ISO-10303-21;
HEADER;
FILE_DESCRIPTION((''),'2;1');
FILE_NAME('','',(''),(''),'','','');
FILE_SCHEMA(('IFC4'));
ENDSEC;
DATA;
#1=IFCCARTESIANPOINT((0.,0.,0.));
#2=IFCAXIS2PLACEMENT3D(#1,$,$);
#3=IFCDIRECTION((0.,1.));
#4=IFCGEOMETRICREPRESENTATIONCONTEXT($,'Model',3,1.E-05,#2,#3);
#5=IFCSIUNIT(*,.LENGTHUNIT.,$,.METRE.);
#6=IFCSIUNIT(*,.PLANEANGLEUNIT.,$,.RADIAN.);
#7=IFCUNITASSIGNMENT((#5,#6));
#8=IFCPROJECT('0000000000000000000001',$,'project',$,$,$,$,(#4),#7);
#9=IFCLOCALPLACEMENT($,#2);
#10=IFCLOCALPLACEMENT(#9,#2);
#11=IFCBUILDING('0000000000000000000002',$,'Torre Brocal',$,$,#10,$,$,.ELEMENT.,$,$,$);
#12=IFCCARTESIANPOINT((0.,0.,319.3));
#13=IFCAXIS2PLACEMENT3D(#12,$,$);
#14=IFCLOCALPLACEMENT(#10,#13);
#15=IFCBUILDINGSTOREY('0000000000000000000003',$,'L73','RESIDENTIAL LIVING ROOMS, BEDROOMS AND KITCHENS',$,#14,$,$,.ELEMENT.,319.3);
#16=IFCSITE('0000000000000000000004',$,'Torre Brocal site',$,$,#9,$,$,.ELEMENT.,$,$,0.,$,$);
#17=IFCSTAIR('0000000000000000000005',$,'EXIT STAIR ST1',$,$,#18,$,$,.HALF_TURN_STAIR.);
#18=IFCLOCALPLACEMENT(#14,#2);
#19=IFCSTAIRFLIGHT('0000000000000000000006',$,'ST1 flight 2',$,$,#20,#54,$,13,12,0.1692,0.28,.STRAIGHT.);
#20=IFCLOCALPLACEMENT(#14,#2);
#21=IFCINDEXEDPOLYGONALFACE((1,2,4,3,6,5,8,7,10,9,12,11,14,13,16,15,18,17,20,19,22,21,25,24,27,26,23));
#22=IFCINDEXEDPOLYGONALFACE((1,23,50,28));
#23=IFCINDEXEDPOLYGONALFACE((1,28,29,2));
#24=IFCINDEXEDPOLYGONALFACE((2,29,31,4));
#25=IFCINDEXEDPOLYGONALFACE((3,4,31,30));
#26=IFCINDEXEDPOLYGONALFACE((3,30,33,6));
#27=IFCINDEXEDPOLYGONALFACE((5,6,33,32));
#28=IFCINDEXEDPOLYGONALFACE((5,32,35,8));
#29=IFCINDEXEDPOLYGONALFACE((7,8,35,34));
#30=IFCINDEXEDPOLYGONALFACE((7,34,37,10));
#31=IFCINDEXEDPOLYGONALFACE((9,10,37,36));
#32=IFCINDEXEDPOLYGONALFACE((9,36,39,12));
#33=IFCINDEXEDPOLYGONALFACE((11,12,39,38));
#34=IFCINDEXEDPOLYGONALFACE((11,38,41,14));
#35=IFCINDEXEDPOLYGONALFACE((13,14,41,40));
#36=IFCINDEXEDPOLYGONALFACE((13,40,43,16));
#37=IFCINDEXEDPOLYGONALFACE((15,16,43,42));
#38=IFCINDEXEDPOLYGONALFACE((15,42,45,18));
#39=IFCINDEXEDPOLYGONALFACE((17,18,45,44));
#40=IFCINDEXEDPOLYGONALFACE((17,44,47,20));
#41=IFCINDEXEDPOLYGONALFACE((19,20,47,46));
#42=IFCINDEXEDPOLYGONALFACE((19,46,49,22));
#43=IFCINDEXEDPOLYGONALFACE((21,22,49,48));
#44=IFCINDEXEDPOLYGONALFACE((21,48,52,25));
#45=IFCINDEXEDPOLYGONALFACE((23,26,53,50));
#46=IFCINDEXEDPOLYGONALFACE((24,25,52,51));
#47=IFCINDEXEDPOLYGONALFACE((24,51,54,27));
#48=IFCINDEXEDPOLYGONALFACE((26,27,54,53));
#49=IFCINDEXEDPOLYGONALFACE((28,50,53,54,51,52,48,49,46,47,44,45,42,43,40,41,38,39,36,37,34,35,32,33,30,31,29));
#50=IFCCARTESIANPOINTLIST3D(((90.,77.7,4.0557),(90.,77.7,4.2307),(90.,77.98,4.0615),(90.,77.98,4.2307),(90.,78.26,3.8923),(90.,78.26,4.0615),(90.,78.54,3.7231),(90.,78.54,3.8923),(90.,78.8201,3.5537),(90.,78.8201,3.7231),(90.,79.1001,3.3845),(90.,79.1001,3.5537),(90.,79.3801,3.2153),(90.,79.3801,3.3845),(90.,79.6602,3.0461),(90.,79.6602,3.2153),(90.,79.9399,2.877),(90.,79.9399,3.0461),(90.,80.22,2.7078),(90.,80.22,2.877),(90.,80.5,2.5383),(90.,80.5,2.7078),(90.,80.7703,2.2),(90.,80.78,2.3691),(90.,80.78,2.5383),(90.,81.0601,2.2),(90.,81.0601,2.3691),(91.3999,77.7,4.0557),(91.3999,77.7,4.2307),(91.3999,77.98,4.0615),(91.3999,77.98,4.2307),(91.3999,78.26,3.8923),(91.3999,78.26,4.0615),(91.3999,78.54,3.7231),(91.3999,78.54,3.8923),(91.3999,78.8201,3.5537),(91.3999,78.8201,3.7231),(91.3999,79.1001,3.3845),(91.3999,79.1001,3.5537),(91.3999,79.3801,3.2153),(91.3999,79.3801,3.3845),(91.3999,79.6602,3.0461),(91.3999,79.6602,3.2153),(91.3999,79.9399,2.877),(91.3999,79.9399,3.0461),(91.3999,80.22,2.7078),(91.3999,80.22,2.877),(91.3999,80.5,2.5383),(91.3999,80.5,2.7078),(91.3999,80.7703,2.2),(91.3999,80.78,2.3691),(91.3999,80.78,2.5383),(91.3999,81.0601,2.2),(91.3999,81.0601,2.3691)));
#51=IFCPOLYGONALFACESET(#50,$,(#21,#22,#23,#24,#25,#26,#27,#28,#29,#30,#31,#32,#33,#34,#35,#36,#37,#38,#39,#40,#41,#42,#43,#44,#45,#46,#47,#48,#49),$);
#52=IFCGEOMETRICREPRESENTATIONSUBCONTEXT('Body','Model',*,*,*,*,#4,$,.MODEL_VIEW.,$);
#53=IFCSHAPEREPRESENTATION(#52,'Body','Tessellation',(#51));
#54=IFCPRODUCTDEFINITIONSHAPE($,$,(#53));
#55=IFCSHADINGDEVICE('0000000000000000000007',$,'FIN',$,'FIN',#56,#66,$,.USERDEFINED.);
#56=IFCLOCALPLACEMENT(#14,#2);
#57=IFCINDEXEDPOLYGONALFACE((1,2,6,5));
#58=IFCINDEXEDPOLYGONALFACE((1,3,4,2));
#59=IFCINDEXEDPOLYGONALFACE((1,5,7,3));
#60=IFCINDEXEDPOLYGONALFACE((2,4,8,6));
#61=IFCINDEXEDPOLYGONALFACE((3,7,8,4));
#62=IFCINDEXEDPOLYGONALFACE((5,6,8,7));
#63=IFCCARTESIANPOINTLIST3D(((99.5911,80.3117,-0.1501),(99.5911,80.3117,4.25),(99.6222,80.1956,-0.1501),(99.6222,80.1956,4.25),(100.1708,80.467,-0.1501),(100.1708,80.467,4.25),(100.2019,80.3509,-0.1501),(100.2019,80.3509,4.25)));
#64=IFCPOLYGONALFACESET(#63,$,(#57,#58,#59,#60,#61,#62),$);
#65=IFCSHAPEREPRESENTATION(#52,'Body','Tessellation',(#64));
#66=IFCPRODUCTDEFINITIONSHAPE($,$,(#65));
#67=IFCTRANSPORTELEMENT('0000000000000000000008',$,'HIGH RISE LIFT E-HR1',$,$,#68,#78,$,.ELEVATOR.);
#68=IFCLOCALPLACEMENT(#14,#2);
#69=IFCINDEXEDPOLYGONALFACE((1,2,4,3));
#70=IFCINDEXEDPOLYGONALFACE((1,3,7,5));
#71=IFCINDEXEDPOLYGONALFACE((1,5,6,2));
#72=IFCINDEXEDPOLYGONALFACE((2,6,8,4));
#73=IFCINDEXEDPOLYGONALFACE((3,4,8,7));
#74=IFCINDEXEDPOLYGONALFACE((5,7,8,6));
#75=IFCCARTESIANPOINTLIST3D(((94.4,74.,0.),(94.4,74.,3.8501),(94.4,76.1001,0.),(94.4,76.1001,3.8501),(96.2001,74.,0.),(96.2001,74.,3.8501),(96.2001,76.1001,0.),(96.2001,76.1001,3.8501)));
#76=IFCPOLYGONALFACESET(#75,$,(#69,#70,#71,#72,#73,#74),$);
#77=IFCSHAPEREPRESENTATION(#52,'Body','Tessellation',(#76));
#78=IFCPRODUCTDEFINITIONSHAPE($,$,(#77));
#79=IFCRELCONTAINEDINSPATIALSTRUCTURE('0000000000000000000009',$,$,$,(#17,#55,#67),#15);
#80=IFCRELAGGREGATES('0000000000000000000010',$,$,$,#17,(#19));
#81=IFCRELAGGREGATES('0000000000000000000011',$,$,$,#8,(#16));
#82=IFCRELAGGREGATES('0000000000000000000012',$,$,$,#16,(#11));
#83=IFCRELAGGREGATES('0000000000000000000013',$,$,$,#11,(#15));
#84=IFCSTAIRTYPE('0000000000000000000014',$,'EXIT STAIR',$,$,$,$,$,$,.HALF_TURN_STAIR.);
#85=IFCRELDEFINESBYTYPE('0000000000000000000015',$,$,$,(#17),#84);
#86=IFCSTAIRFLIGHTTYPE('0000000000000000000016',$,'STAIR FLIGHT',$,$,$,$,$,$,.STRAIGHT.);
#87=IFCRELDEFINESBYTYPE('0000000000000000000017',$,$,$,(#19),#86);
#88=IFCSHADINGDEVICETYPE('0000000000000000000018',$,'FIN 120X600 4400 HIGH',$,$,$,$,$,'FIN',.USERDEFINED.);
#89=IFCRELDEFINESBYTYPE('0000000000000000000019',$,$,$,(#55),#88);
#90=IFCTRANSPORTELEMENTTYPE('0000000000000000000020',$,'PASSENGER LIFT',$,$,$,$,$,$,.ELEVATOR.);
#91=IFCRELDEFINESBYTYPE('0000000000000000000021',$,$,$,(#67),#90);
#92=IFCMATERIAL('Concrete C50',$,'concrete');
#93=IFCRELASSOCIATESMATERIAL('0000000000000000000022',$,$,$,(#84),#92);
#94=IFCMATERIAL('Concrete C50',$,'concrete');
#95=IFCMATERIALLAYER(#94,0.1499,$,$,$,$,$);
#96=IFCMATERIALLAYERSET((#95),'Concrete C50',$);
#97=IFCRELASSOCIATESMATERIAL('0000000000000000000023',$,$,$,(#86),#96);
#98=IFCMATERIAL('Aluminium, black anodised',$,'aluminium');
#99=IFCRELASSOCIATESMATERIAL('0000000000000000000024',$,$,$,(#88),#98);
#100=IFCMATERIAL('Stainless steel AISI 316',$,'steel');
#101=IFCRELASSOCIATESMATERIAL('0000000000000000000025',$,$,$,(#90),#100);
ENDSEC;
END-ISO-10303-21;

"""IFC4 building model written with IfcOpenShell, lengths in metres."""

from ifc_helpers import new_model, si_unit, direction, frame, origin, origin_2d, place, context, subcontext, project, spatial, polyline, rectangle, outline, extrude, material, layer, layer_set, material_profile, profile_set, type_object, element, aggregate, save


model = new_model("IFC4")

# Units and contexts
model_context = context("Model", 3, precision=1e-05, world=origin(), true_north=direction((0.0, 1.0)))
body_context = subcontext(model_context, "Body", "Model", "MODEL_VIEW")
ifc_project = project(units=[si_unit("LENGTHUNIT", "METRE"), si_unit("PLANEANGLEUNIT", "RADIAN")], contexts=[model_context])

# Site, building, storey
site_placement = place(None, origin())
site = spatial("IfcSite", under=ifc_project, at=site_placement, Name="Torre Brocal site", CompositionType="ELEMENT", RefElevation=0.0)
building_placement = place(site_placement, origin())
building = spatial("IfcBuilding", under=site, at=building_placement, Name="Torre Brocal", CompositionType="ELEMENT")
storey_placement = place(building_placement, frame((0.0, 0.0, 319.3)))
storey = spatial("IfcBuildingStorey", under=building, at=storey_placement, Name="L73", Description="RESIDENTIAL LIVING ROOMS, BEDROOMS AND KITCHENS", CompositionType="ELEMENT", Elevation=319.3)

# Stair, stair flight
ifc_material_1 = material(Name="Concrete C50", Category="concrete")
stair_type = type_object("IfcStairType", Name="EXIT STAIR", PredefinedType="HALF_TURN_STAIR", material=ifc_material_1)
stair_placement = place(storey_placement, origin())
stair = element("IfcStair", 1, at=stair_placement, inside=storey, type_object=stair_type, Name="EXIT STAIR ST1", PredefinedType="HALF_TURN_STAIR")
ifc_material_2 = material(Name="Concrete C50", Category="concrete")
ifc_layer_1 = layer(ifc_material_2, 0.1499)
ifc_layer_set_1 = layer_set([ifc_layer_1], Name="Concrete C50")
stair_flight_type = type_object("IfcStairFlightType", Name="STAIR FLIGHT", PredefinedType="STRAIGHT", material=ifc_layer_set_1)
stair_flight_placement = place(storey_placement, frame((90.7, 81.0601, 2.2), z_axis=(0.0, 0.0, 1.0), x_axis=(0.0, -1.0, 0.0)))
stair_flight = element("IfcStairFlight", 2, at=stair_flight_placement, type_object=stair_flight_type, Name="ST1 flight 2", NumberOfRisers=13, NumberOfTreads=12, PredefinedType="STRAIGHT", RiserHeight=0.1692, TreadLength=0.28, context=body_context, shape_type="SweptSolid", body=[
    extrude(outline(polyline([(0.0, 0.0), (0.0, 0.1692), (0.28, 0.1692), (0.28, 0.3384), (0.5601, 0.3384), (0.5601, 0.5078), (0.8401, 0.5078), (0.8401, 0.677), (1.1201, 0.677), (1.1201, 0.8462), (1.3999, 0.8462), (1.3999, 1.0154), (1.6799, 1.0154), (1.6799, 1.1846), (1.96, 1.1846), (1.96, 1.3538), (2.24, 1.3538), (2.24, 1.5232), (2.52, 1.5232), (2.52, 1.6924), (2.8, 1.6924), (2.8, 1.8616), (3.0801, 1.8616), (3.0801, 2.0308), (3.3601, 2.0308), (3.3601, 2.2), (3.3601, 1.8557), (0.2898, 0.0), (0.0, 0.0)])), frame((0.0, 0.7, 0.0), z_axis=(0.0, -1.0, 0.0), x_axis=(1.0, 0.0, 0.0)), (0.0, 0.0, 1.0), 1.3999),
])
aggregate(stair, [stair_flight])

# Shading device
ifc_material_3 = material(Name="Aluminium, black anodised", Category="aluminium")
ifc_material_profile_1 = material_profile(ifc_material_3, rectangle(XDim=0.1201, YDim=0.6001, at=origin_2d()), Name="FIN 120X600 4400 HIGH")
ifc_profile_set_1 = profile_set([ifc_material_profile_1], Name="Aluminium, black anodised")
shading_device_type = type_object("IfcShadingDeviceType", Name="FIN 120X600 4400 HIGH", ElementType="FIN", PredefinedType="USERDEFINED", material=ifc_profile_set_1)
shading_device_placement = place(storey_placement, frame((99.8965, 80.3313, -0.1501), z_axis=(0.0, 0.0, 1.0), x_axis=(-0.258819, 0.965926, 0.0)))
element("IfcShadingDevice", 3, at=shading_device_placement, inside=storey, type_object=shading_device_type, Name="FIN", ObjectType="FIN", PredefinedType="USERDEFINED", context=body_context, shape_type="SweptSolid", body=[
    extrude(rectangle(XDim=0.1201, YDim=0.6001, at=origin_2d()), origin(), (0.0, 0.0, 1.0), 4.4001),
])

# Transport element
ifc_material_4 = material(Name="Stainless steel AISI 316", Category="steel")
transport_element_type = type_object("IfcTransportElementType", Name="PASSENGER LIFT", PredefinedType="ELEVATOR", material=ifc_material_4)
transport_element_placement = place(storey_placement, frame((95.3, 75.05, 0.0), z_axis=(0.0, 0.0, 1.0), x_axis=(1.0, 0.0, 0.0)))
element("IfcTransportElement", 4, at=transport_element_placement, inside=storey, type_object=transport_element_type, Name="HIGH RISE LIFT E-HR1", PredefinedType="ELEVATOR", context=body_context, shape_type="SweptSolid", body=[
    extrude(rectangle(XDim=1.8, YDim=2.1001, at=origin_2d()), origin(), (0.0, 0.0, 1.0), 3.8501),
])

save(model, "model.ifc")
